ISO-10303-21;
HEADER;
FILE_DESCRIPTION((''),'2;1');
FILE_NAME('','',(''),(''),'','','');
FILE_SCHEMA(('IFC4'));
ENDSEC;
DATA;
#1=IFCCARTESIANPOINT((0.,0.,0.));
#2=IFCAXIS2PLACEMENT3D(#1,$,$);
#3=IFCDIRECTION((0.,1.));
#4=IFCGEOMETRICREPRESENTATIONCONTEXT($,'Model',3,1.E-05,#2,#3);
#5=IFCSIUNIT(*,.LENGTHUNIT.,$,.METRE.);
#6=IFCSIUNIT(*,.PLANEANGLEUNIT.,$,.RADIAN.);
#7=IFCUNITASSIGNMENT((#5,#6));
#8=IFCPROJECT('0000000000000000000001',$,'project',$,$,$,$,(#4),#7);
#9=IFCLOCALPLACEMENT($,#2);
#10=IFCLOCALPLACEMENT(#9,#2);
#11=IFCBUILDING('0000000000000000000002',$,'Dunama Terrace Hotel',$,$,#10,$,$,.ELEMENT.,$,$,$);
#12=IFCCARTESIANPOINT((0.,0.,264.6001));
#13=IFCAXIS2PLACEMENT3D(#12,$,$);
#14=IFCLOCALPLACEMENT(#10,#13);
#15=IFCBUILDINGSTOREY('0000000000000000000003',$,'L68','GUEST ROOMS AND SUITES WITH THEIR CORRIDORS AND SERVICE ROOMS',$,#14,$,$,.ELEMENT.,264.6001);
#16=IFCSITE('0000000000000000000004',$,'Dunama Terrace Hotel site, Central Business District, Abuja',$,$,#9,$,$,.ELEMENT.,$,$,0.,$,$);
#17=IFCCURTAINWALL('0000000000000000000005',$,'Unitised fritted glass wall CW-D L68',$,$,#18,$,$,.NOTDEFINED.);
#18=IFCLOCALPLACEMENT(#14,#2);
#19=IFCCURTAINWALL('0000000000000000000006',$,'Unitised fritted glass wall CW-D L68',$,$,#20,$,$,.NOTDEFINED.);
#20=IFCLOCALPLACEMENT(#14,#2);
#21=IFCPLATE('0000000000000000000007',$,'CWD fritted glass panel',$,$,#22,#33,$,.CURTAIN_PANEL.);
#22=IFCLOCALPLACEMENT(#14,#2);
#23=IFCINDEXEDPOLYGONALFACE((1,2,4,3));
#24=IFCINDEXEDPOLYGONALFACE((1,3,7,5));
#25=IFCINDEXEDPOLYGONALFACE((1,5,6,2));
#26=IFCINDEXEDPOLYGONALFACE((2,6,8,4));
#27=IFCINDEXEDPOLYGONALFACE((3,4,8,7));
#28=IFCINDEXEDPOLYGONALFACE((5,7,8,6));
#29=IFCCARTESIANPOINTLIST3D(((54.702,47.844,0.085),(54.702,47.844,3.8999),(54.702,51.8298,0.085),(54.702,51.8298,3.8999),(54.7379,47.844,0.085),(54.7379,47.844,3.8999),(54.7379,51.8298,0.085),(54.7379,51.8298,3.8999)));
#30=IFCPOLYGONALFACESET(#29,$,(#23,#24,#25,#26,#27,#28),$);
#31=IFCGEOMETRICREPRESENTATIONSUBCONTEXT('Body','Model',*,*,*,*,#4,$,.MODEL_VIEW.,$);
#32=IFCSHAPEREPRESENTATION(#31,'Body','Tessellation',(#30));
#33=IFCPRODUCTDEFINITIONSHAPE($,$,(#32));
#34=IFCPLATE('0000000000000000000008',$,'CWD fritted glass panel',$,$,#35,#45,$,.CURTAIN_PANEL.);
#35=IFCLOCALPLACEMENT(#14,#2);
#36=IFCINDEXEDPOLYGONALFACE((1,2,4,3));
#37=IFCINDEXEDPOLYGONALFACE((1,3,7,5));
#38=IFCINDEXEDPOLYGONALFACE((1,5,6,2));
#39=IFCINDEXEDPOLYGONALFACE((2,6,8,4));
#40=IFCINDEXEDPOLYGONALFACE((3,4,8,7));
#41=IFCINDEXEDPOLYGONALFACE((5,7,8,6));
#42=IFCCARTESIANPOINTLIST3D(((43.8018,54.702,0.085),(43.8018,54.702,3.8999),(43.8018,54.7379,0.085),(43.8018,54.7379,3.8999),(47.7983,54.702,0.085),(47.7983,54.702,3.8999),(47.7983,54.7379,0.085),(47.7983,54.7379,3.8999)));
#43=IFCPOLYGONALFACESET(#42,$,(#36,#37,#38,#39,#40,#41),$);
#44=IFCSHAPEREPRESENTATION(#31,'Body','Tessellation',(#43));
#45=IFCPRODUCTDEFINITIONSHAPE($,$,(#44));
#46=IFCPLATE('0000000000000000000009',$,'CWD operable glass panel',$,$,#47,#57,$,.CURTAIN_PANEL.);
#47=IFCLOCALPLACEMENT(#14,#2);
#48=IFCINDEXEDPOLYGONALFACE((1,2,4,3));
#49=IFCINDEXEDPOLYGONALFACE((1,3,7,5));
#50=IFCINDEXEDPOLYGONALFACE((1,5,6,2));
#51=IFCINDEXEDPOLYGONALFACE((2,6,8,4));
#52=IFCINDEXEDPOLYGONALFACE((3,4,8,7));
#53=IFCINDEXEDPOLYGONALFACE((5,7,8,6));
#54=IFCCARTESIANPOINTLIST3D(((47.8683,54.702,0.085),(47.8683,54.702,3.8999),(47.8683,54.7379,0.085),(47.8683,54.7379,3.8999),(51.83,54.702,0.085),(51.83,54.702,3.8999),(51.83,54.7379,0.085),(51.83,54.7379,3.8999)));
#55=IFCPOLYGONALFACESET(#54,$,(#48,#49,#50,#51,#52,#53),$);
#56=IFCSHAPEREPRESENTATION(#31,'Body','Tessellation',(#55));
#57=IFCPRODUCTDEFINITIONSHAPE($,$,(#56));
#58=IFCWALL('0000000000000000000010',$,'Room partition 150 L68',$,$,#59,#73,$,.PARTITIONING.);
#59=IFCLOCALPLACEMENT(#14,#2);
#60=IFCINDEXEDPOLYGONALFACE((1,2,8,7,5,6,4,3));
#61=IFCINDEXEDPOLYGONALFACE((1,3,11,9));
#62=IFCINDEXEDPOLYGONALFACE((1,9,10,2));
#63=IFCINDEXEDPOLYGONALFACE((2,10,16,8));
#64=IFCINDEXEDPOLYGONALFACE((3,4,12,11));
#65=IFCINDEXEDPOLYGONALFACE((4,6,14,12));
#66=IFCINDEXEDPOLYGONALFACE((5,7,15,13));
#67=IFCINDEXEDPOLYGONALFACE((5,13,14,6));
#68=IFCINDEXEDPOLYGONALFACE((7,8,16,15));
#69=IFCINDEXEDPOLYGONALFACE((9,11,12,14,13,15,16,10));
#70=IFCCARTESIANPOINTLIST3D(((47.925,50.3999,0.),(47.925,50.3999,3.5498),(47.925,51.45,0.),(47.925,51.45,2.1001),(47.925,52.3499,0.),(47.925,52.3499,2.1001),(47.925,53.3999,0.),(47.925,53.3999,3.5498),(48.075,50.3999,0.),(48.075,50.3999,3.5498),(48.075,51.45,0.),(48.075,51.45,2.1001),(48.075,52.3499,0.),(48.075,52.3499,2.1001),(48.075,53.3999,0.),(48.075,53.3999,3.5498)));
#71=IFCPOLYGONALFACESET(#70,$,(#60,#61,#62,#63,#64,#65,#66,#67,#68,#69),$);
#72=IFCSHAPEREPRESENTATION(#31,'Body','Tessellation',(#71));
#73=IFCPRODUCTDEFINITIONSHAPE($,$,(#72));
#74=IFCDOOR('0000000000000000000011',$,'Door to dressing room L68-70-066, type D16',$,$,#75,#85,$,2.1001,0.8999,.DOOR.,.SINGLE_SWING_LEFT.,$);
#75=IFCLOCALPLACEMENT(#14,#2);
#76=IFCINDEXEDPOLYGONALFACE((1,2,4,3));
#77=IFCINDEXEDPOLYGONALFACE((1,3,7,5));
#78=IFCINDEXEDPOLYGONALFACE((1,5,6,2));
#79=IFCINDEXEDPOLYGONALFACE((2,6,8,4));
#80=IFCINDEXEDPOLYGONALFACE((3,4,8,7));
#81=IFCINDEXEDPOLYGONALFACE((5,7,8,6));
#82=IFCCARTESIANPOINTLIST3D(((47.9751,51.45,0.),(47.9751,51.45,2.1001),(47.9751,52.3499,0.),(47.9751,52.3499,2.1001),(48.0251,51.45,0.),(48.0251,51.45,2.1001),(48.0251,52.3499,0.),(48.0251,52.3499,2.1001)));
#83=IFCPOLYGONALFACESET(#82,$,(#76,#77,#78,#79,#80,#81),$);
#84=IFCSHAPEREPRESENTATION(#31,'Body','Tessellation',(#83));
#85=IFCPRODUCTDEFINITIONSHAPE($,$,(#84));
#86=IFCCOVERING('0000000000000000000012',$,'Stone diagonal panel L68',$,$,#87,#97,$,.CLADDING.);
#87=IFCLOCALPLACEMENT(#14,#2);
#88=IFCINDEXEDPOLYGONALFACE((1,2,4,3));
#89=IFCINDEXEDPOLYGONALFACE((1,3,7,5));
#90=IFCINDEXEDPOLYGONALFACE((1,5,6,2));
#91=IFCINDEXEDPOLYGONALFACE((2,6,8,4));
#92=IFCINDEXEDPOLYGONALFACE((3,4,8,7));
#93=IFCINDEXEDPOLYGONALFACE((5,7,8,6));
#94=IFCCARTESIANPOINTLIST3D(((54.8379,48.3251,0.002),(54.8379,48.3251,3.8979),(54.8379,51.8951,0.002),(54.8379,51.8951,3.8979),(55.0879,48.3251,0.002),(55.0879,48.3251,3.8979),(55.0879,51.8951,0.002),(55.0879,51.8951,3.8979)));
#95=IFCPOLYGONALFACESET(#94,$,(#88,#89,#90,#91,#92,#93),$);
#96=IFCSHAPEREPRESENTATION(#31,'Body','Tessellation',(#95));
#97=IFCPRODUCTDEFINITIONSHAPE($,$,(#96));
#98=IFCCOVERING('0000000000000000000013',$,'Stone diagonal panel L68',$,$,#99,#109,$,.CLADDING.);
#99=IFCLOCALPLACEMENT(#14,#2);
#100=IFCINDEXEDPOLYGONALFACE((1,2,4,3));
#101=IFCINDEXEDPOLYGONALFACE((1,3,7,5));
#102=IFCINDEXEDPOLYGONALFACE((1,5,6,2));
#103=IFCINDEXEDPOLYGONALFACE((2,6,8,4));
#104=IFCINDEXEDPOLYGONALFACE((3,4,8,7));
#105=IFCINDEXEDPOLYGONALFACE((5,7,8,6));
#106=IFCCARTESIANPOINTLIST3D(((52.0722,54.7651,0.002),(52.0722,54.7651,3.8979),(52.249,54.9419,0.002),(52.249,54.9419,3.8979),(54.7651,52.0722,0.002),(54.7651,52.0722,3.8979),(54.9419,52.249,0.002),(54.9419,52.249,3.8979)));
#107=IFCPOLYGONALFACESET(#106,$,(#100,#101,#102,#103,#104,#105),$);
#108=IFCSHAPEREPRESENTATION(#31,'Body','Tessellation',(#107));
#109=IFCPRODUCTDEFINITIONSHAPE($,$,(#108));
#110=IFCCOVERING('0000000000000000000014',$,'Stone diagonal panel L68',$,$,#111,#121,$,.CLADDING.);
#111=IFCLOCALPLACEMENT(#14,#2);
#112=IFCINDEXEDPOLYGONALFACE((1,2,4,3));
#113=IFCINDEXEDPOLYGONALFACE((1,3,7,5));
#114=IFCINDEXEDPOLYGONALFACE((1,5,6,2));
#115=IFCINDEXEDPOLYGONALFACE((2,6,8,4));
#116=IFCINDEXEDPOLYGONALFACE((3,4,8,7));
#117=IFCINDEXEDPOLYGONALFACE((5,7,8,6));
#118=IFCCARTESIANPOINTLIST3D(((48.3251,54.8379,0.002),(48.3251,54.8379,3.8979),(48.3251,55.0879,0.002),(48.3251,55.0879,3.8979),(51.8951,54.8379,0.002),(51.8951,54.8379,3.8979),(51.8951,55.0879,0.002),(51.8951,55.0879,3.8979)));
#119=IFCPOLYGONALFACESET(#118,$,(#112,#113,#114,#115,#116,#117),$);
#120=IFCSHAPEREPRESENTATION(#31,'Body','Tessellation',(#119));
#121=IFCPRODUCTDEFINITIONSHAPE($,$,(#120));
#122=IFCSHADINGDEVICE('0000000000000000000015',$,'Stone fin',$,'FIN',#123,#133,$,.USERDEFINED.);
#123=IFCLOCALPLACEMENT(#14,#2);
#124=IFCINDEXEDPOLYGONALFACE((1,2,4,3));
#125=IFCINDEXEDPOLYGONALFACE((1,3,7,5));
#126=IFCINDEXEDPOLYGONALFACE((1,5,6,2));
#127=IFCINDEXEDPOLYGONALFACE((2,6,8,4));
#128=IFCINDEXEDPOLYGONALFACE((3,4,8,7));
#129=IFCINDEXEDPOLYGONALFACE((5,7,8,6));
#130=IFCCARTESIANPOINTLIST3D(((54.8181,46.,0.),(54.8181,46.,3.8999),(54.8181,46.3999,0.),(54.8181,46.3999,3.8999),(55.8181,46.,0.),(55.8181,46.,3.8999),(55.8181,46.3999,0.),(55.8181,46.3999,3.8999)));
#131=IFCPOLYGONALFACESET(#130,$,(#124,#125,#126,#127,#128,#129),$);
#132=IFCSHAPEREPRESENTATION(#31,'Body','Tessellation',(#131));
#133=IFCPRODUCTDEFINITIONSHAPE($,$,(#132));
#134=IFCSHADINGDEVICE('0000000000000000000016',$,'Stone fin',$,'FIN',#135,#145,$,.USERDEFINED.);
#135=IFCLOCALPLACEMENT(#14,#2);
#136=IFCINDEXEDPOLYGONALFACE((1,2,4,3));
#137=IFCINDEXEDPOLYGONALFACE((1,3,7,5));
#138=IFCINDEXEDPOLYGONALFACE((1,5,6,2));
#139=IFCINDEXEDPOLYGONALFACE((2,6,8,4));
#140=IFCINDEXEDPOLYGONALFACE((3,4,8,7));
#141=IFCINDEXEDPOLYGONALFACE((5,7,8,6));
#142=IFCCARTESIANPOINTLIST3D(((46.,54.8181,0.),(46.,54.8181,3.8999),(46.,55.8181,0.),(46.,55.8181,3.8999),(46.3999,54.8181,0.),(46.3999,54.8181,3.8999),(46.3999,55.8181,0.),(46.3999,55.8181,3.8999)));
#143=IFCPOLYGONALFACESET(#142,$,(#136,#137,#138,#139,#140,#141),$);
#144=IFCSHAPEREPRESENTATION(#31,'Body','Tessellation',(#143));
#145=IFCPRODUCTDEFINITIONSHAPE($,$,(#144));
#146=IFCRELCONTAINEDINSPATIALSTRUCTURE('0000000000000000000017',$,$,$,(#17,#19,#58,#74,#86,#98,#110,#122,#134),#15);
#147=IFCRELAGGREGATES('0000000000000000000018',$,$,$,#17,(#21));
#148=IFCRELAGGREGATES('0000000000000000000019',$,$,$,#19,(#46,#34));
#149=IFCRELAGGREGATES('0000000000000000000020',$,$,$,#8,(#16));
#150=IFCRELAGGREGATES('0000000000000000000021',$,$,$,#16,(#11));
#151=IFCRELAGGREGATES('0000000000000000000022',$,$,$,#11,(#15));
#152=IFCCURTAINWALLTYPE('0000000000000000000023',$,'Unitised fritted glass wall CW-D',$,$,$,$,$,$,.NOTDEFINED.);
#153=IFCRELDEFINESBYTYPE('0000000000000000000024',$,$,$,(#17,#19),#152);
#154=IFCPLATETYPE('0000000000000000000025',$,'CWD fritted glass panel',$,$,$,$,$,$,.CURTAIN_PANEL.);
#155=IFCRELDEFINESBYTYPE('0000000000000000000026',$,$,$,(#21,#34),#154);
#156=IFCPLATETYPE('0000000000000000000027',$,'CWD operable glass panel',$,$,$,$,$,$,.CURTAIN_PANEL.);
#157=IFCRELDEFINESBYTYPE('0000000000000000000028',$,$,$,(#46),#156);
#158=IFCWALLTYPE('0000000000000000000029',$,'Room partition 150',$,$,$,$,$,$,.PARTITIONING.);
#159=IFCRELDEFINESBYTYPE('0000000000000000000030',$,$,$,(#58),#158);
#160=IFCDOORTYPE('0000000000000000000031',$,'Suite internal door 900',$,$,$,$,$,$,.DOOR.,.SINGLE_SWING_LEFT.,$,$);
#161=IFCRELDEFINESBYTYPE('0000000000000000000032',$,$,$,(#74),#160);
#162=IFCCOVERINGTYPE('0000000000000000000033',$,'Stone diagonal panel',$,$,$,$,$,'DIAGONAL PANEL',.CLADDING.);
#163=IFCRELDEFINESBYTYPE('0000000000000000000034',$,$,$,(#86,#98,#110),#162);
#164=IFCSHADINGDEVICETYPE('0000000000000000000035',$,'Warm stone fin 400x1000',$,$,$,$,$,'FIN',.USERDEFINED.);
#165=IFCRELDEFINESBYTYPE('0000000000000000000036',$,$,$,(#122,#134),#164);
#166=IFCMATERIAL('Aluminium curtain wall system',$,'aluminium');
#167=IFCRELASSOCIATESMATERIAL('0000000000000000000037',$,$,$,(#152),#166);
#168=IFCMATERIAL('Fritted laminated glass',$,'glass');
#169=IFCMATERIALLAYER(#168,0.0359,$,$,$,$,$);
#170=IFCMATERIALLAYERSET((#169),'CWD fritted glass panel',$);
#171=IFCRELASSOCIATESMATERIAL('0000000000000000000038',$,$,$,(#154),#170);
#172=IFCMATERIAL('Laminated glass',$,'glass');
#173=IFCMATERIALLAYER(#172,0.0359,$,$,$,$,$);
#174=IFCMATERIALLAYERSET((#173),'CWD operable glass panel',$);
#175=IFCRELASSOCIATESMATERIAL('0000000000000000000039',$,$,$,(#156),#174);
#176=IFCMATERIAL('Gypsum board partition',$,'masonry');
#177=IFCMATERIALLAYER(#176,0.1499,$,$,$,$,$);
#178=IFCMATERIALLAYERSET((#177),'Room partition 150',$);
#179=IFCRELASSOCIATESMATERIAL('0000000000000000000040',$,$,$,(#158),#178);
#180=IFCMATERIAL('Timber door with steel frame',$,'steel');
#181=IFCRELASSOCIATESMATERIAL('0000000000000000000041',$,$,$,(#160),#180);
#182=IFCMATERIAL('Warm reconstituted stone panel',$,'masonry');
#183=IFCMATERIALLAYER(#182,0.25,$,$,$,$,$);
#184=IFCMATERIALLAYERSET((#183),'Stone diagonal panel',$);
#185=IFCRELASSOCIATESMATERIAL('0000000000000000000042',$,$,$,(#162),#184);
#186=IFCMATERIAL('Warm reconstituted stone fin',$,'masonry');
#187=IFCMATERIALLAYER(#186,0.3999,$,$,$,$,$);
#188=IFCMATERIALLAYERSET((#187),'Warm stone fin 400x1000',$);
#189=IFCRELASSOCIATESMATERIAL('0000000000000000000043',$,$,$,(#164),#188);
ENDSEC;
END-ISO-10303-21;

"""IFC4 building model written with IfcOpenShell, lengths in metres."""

from ifc_helpers import new_model, si_unit, direction, frame, frame_2d, origin, origin_2d, place, context, subcontext, project, spatial, rectangle, extrude, material, layer, layer_set, type_object, element, fill, aggregate, save


model = new_model("IFC4")

# Units and contexts
model_context = context("Model", 3, precision=1e-05, world=origin(), true_north=direction((0.0, 1.0)))
body_context = subcontext(model_context, "Body", "Model", "MODEL_VIEW")
ifc_project = project(units=[si_unit("LENGTHUNIT", "METRE"), si_unit("PLANEANGLEUNIT", "RADIAN")], contexts=[model_context])

# Site, building, storey
site_placement = place(None, origin())
site = spatial("IfcSite", under=ifc_project, at=site_placement, Name="Dunama Terrace Hotel site, Central Business District, Abuja", CompositionType="ELEMENT", RefElevation=0.0)
building_placement = place(site_placement, origin())
building = spatial("IfcBuilding", under=site, at=building_placement, Name="Dunama Terrace Hotel", CompositionType="ELEMENT")
storey_placement = place(building_placement, frame((0.0, 0.0, 264.6001)))
storey = spatial("IfcBuildingStorey", under=building, at=storey_placement, Name="L68", Description="GUEST ROOMS AND SUITES WITH THEIR CORRIDORS AND SERVICE ROOMS", CompositionType="ELEMENT", Elevation=264.6001)

# Curtain walls
ifc_material_1 = material(Name="Aluminium curtain wall system", Category="aluminium")
curtain_wall_type = type_object("IfcCurtainWallType", Name="Unitised fritted glass wall CW-D", PredefinedType="NOTDEFINED", material=ifc_material_1)
curtain_wall_1_placement = place(storey_placement, origin())
curtain_wall_1 = element("IfcCurtainWall", 1, at=curtain_wall_1_placement, inside=storey, type_object=curtain_wall_type, Name="Unitised fritted glass wall CW-D L68", PredefinedType="NOTDEFINED")
curtain_wall_2_placement = place(storey_placement, origin())
curtain_wall_2 = element("IfcCurtainWall", 2, at=curtain_wall_2_placement, inside=storey, type_object=curtain_wall_type, Name="Unitised fritted glass wall CW-D L68", PredefinedType="NOTDEFINED")

# Plates
ifc_material_2 = material(Name="Fritted laminated glass", Category="glass")
ifc_layer_1 = layer(ifc_material_2, 0.0359)
ifc_layer_set_1 = layer_set([ifc_layer_1], Name="CWD fritted glass panel")
plate_type_1 = type_object("IfcPlateType", Name="CWD fritted glass panel", PredefinedType="CURTAIN_PANEL", material=ifc_layer_set_1)
plate_1_placement = place(storey_placement, frame((54.72, 49.8369, 0.085), z_axis=(0.0, 0.0, 1.0), x_axis=(0.0, 1.0, 0.0)))
plate_1 = element("IfcPlate", 3, at=plate_1_placement, type_object=plate_type_1, Name="CWD fritted glass panel", PredefinedType="CURTAIN_PANEL", context=body_context, shape_type="SweptSolid", body=[
    extrude(rectangle(XDim=3.9858, YDim=0.0359, at=origin_2d()), origin(), (0.0, 0.0, 1.0), 3.8149),
])
aggregate(curtain_wall_1, [plate_1])
plate_2_placement = place(storey_placement, frame((45.8, 54.72, 0.085), z_axis=(0.0, 0.0, 1.0), x_axis=(-1.0, 0.0, 0.0)))
plate_2 = element("IfcPlate", 4, at=plate_2_placement, type_object=plate_type_1, Name="CWD fritted glass panel", PredefinedType="CURTAIN_PANEL", context=body_context, shape_type="SweptSolid", body=[
    extrude(rectangle(XDim=3.9966, YDim=0.0359, at=origin_2d()), origin(), (0.0, 0.0, 1.0), 3.8149),
])
ifc_material_3 = material(Name="Laminated glass", Category="glass")
ifc_layer_2 = layer(ifc_material_3, 0.0359)
ifc_layer_set_2 = layer_set([ifc_layer_2], Name="CWD operable glass panel")
plate_type_2 = type_object("IfcPlateType", Name="CWD operable glass panel", PredefinedType="CURTAIN_PANEL", material=ifc_layer_set_2)
plate_3_placement = place(storey_placement, frame((49.8491, 54.72, 0.085), z_axis=(0.0, 0.0, 1.0), x_axis=(-1.0, 0.0, 0.0)))
plate_3 = element("IfcPlate", 5, at=plate_3_placement, type_object=plate_type_2, Name="CWD operable glass panel", PredefinedType="CURTAIN_PANEL", context=body_context, shape_type="SweptSolid", body=[
    extrude(rectangle(XDim=3.9617, YDim=0.0359, at=origin_2d()), origin(), (0.0, 0.0, 1.0), 3.8149),
])
aggregate(curtain_wall_2, [plate_3, plate_2])

# Wall, opening, door
ifc_material_4 = material(Name="Gypsum board partition", Category="masonry")
ifc_layer_3 = layer(ifc_material_4, 0.1499)
ifc_layer_set_3 = layer_set([ifc_layer_3], Name="Room partition 150")
wall_type = type_object("IfcWallType", Name="Room partition 150", PredefinedType="PARTITIONING", material=ifc_layer_set_3)
wall_placement = place(storey_placement, frame((48.0, 50.3999, 0.0), z_axis=(0.0, 0.0, 1.0), x_axis=(0.0, 1.0, 0.0)))
wall = element("IfcWall", 6, at=wall_placement, inside=storey, type_object=wall_type, Name="Room partition 150 L68", PredefinedType="PARTITIONING", context=body_context, shape_type="SweptSolid", body=[
    extrude(rectangle(XDim=3.0, YDim=0.1499, at=frame_2d((1.5, 0.0))), origin(), (0.0, 0.0, 1.0), 3.5498),
])
opening_placement = place(wall_placement, frame((1.05, 0.0, 0.0)))
opening = element("IfcOpeningElement", 7, at=opening_placement, cuts=wall, PredefinedType="OPENING", context=body_context, shape_type="SweptSolid", body=[
    extrude(rectangle(XDim=0.8999, YDim=2.1001, at=frame_2d((0.45, 1.05))), frame((0.0, 0.085, 0.0), z_axis=(0.0, -1.0, 0.0), x_axis=(1.0, 0.0, 0.0)), (0.0, 0.0, 1.0), 0.1699),
])
ifc_material_5 = material(Name="Timber door with steel frame", Category="steel")
door_type = type_object("IfcDoorType", Name="Suite internal door 900", OperationType="SINGLE_SWING_LEFT", PredefinedType="DOOR", material=ifc_material_5)
door_placement = place(opening_placement, origin())
door = element("IfcDoor", 8, at=door_placement, inside=storey, type_object=door_type, Name="Door to dressing room L68-70-066, type D16", OperationType="SINGLE_SWING_LEFT", OverallHeight=2.1001, OverallWidth=0.8999, PredefinedType="DOOR", context=body_context, shape_type="SweptSolid", body=[
    extrude(rectangle(XDim=0.8999, YDim=2.1001, at=frame_2d((0.45, 1.05))), frame((0.0, 0.0249, 0.0), z_axis=(0.0, -1.0, 0.0), x_axis=(1.0, 0.0, 0.0)), (0.0, 0.0, 1.0), 0.05),
])
fill(opening, door)

# Coverings
ifc_material_6 = material(Name="Warm reconstituted stone panel", Category="masonry")
ifc_layer_4 = layer(ifc_material_6, 0.25)
ifc_layer_set_4 = layer_set([ifc_layer_4], Name="Stone diagonal panel")
covering_type = type_object("IfcCoveringType", Name="Stone diagonal panel", ElementType="DIAGONAL PANEL", PredefinedType="CLADDING", material=ifc_layer_set_4)
covering_1_placement = place(storey_placement, frame((54.9629, 50.1101, 0.002), z_axis=(0.0, 0.0, 1.0), x_axis=(0.0, 1.0, 0.0)))
element("IfcCovering", 9, at=covering_1_placement, inside=storey, type_object=covering_type, Name="Stone diagonal panel L68", PredefinedType="CLADDING", context=body_context, shape_type="SweptSolid", body=[
    extrude(rectangle(XDim=3.5701, YDim=0.25, at=origin_2d()), origin(), (0.0, 0.0, 1.0), 3.896),
])
covering_2_placement = place(storey_placement, frame((53.5071, 53.5071, 0.002), z_axis=(0.0, 0.0, 1.0), x_axis=(-0.707107, 0.707107, 0.0)))
element("IfcCovering", 10, at=covering_2_placement, inside=storey, type_object=covering_type, Name="Stone diagonal panel L68", PredefinedType="CLADDING", context=body_context, shape_type="SweptSolid", body=[
    extrude(rectangle(XDim=3.8083, YDim=0.25, at=origin_2d()), origin(), (0.0, 0.0, 1.0), 3.896),
])
covering_3_placement = place(storey_placement, frame((50.1101, 54.9629, 0.002), z_axis=(0.0, 0.0, 1.0), x_axis=(-1.0, 0.0, 0.0)))
element("IfcCovering", 11, at=covering_3_placement, inside=storey, type_object=covering_type, Name="Stone diagonal panel L68", PredefinedType="CLADDING", context=body_context, shape_type="SweptSolid", body=[
    extrude(rectangle(XDim=3.5701, YDim=0.25, at=origin_2d()), origin(), (0.0, 0.0, 1.0), 3.896),
])

# Shading devices
ifc_material_7 = material(Name="Warm reconstituted stone fin", Category="masonry")
ifc_layer_5 = layer(ifc_material_7, 0.3999)
ifc_layer_set_5 = layer_set([ifc_layer_5], Name="Warm stone fin 400x1000")
shading_device_type = type_object("IfcShadingDeviceType", Name="Warm stone fin 400x1000", ElementType="FIN", PredefinedType="USERDEFINED", material=ifc_layer_set_5)
for number, where, z_axis, x_axis, name in (
    (12, (55.3181, 46.2, 0.0), (0.0, 0.0, 1.0), (0.0, 1.0, 0.0), "Stone fin"),
    (13, (46.2, 55.3181, 0.0), (0.0, 0.0, 1.0), (-1.0, 0.0, 0.0), "Stone fin"),
):
    element("IfcShadingDevice", number, at=place(storey_placement, frame(where, z_axis=z_axis, x_axis=x_axis)), inside=storey, type_object=shading_device_type, Name=name, ObjectType="FIN", PredefinedType="USERDEFINED", context=body_context, shape_type="SweptSolid", body=[
        extrude(rectangle(XDim=0.3999, YDim=1.0, at=origin_2d()), origin(), (0.0, 0.0, 1.0), 3.8999),
    ])

save(model, "model.ifc")
